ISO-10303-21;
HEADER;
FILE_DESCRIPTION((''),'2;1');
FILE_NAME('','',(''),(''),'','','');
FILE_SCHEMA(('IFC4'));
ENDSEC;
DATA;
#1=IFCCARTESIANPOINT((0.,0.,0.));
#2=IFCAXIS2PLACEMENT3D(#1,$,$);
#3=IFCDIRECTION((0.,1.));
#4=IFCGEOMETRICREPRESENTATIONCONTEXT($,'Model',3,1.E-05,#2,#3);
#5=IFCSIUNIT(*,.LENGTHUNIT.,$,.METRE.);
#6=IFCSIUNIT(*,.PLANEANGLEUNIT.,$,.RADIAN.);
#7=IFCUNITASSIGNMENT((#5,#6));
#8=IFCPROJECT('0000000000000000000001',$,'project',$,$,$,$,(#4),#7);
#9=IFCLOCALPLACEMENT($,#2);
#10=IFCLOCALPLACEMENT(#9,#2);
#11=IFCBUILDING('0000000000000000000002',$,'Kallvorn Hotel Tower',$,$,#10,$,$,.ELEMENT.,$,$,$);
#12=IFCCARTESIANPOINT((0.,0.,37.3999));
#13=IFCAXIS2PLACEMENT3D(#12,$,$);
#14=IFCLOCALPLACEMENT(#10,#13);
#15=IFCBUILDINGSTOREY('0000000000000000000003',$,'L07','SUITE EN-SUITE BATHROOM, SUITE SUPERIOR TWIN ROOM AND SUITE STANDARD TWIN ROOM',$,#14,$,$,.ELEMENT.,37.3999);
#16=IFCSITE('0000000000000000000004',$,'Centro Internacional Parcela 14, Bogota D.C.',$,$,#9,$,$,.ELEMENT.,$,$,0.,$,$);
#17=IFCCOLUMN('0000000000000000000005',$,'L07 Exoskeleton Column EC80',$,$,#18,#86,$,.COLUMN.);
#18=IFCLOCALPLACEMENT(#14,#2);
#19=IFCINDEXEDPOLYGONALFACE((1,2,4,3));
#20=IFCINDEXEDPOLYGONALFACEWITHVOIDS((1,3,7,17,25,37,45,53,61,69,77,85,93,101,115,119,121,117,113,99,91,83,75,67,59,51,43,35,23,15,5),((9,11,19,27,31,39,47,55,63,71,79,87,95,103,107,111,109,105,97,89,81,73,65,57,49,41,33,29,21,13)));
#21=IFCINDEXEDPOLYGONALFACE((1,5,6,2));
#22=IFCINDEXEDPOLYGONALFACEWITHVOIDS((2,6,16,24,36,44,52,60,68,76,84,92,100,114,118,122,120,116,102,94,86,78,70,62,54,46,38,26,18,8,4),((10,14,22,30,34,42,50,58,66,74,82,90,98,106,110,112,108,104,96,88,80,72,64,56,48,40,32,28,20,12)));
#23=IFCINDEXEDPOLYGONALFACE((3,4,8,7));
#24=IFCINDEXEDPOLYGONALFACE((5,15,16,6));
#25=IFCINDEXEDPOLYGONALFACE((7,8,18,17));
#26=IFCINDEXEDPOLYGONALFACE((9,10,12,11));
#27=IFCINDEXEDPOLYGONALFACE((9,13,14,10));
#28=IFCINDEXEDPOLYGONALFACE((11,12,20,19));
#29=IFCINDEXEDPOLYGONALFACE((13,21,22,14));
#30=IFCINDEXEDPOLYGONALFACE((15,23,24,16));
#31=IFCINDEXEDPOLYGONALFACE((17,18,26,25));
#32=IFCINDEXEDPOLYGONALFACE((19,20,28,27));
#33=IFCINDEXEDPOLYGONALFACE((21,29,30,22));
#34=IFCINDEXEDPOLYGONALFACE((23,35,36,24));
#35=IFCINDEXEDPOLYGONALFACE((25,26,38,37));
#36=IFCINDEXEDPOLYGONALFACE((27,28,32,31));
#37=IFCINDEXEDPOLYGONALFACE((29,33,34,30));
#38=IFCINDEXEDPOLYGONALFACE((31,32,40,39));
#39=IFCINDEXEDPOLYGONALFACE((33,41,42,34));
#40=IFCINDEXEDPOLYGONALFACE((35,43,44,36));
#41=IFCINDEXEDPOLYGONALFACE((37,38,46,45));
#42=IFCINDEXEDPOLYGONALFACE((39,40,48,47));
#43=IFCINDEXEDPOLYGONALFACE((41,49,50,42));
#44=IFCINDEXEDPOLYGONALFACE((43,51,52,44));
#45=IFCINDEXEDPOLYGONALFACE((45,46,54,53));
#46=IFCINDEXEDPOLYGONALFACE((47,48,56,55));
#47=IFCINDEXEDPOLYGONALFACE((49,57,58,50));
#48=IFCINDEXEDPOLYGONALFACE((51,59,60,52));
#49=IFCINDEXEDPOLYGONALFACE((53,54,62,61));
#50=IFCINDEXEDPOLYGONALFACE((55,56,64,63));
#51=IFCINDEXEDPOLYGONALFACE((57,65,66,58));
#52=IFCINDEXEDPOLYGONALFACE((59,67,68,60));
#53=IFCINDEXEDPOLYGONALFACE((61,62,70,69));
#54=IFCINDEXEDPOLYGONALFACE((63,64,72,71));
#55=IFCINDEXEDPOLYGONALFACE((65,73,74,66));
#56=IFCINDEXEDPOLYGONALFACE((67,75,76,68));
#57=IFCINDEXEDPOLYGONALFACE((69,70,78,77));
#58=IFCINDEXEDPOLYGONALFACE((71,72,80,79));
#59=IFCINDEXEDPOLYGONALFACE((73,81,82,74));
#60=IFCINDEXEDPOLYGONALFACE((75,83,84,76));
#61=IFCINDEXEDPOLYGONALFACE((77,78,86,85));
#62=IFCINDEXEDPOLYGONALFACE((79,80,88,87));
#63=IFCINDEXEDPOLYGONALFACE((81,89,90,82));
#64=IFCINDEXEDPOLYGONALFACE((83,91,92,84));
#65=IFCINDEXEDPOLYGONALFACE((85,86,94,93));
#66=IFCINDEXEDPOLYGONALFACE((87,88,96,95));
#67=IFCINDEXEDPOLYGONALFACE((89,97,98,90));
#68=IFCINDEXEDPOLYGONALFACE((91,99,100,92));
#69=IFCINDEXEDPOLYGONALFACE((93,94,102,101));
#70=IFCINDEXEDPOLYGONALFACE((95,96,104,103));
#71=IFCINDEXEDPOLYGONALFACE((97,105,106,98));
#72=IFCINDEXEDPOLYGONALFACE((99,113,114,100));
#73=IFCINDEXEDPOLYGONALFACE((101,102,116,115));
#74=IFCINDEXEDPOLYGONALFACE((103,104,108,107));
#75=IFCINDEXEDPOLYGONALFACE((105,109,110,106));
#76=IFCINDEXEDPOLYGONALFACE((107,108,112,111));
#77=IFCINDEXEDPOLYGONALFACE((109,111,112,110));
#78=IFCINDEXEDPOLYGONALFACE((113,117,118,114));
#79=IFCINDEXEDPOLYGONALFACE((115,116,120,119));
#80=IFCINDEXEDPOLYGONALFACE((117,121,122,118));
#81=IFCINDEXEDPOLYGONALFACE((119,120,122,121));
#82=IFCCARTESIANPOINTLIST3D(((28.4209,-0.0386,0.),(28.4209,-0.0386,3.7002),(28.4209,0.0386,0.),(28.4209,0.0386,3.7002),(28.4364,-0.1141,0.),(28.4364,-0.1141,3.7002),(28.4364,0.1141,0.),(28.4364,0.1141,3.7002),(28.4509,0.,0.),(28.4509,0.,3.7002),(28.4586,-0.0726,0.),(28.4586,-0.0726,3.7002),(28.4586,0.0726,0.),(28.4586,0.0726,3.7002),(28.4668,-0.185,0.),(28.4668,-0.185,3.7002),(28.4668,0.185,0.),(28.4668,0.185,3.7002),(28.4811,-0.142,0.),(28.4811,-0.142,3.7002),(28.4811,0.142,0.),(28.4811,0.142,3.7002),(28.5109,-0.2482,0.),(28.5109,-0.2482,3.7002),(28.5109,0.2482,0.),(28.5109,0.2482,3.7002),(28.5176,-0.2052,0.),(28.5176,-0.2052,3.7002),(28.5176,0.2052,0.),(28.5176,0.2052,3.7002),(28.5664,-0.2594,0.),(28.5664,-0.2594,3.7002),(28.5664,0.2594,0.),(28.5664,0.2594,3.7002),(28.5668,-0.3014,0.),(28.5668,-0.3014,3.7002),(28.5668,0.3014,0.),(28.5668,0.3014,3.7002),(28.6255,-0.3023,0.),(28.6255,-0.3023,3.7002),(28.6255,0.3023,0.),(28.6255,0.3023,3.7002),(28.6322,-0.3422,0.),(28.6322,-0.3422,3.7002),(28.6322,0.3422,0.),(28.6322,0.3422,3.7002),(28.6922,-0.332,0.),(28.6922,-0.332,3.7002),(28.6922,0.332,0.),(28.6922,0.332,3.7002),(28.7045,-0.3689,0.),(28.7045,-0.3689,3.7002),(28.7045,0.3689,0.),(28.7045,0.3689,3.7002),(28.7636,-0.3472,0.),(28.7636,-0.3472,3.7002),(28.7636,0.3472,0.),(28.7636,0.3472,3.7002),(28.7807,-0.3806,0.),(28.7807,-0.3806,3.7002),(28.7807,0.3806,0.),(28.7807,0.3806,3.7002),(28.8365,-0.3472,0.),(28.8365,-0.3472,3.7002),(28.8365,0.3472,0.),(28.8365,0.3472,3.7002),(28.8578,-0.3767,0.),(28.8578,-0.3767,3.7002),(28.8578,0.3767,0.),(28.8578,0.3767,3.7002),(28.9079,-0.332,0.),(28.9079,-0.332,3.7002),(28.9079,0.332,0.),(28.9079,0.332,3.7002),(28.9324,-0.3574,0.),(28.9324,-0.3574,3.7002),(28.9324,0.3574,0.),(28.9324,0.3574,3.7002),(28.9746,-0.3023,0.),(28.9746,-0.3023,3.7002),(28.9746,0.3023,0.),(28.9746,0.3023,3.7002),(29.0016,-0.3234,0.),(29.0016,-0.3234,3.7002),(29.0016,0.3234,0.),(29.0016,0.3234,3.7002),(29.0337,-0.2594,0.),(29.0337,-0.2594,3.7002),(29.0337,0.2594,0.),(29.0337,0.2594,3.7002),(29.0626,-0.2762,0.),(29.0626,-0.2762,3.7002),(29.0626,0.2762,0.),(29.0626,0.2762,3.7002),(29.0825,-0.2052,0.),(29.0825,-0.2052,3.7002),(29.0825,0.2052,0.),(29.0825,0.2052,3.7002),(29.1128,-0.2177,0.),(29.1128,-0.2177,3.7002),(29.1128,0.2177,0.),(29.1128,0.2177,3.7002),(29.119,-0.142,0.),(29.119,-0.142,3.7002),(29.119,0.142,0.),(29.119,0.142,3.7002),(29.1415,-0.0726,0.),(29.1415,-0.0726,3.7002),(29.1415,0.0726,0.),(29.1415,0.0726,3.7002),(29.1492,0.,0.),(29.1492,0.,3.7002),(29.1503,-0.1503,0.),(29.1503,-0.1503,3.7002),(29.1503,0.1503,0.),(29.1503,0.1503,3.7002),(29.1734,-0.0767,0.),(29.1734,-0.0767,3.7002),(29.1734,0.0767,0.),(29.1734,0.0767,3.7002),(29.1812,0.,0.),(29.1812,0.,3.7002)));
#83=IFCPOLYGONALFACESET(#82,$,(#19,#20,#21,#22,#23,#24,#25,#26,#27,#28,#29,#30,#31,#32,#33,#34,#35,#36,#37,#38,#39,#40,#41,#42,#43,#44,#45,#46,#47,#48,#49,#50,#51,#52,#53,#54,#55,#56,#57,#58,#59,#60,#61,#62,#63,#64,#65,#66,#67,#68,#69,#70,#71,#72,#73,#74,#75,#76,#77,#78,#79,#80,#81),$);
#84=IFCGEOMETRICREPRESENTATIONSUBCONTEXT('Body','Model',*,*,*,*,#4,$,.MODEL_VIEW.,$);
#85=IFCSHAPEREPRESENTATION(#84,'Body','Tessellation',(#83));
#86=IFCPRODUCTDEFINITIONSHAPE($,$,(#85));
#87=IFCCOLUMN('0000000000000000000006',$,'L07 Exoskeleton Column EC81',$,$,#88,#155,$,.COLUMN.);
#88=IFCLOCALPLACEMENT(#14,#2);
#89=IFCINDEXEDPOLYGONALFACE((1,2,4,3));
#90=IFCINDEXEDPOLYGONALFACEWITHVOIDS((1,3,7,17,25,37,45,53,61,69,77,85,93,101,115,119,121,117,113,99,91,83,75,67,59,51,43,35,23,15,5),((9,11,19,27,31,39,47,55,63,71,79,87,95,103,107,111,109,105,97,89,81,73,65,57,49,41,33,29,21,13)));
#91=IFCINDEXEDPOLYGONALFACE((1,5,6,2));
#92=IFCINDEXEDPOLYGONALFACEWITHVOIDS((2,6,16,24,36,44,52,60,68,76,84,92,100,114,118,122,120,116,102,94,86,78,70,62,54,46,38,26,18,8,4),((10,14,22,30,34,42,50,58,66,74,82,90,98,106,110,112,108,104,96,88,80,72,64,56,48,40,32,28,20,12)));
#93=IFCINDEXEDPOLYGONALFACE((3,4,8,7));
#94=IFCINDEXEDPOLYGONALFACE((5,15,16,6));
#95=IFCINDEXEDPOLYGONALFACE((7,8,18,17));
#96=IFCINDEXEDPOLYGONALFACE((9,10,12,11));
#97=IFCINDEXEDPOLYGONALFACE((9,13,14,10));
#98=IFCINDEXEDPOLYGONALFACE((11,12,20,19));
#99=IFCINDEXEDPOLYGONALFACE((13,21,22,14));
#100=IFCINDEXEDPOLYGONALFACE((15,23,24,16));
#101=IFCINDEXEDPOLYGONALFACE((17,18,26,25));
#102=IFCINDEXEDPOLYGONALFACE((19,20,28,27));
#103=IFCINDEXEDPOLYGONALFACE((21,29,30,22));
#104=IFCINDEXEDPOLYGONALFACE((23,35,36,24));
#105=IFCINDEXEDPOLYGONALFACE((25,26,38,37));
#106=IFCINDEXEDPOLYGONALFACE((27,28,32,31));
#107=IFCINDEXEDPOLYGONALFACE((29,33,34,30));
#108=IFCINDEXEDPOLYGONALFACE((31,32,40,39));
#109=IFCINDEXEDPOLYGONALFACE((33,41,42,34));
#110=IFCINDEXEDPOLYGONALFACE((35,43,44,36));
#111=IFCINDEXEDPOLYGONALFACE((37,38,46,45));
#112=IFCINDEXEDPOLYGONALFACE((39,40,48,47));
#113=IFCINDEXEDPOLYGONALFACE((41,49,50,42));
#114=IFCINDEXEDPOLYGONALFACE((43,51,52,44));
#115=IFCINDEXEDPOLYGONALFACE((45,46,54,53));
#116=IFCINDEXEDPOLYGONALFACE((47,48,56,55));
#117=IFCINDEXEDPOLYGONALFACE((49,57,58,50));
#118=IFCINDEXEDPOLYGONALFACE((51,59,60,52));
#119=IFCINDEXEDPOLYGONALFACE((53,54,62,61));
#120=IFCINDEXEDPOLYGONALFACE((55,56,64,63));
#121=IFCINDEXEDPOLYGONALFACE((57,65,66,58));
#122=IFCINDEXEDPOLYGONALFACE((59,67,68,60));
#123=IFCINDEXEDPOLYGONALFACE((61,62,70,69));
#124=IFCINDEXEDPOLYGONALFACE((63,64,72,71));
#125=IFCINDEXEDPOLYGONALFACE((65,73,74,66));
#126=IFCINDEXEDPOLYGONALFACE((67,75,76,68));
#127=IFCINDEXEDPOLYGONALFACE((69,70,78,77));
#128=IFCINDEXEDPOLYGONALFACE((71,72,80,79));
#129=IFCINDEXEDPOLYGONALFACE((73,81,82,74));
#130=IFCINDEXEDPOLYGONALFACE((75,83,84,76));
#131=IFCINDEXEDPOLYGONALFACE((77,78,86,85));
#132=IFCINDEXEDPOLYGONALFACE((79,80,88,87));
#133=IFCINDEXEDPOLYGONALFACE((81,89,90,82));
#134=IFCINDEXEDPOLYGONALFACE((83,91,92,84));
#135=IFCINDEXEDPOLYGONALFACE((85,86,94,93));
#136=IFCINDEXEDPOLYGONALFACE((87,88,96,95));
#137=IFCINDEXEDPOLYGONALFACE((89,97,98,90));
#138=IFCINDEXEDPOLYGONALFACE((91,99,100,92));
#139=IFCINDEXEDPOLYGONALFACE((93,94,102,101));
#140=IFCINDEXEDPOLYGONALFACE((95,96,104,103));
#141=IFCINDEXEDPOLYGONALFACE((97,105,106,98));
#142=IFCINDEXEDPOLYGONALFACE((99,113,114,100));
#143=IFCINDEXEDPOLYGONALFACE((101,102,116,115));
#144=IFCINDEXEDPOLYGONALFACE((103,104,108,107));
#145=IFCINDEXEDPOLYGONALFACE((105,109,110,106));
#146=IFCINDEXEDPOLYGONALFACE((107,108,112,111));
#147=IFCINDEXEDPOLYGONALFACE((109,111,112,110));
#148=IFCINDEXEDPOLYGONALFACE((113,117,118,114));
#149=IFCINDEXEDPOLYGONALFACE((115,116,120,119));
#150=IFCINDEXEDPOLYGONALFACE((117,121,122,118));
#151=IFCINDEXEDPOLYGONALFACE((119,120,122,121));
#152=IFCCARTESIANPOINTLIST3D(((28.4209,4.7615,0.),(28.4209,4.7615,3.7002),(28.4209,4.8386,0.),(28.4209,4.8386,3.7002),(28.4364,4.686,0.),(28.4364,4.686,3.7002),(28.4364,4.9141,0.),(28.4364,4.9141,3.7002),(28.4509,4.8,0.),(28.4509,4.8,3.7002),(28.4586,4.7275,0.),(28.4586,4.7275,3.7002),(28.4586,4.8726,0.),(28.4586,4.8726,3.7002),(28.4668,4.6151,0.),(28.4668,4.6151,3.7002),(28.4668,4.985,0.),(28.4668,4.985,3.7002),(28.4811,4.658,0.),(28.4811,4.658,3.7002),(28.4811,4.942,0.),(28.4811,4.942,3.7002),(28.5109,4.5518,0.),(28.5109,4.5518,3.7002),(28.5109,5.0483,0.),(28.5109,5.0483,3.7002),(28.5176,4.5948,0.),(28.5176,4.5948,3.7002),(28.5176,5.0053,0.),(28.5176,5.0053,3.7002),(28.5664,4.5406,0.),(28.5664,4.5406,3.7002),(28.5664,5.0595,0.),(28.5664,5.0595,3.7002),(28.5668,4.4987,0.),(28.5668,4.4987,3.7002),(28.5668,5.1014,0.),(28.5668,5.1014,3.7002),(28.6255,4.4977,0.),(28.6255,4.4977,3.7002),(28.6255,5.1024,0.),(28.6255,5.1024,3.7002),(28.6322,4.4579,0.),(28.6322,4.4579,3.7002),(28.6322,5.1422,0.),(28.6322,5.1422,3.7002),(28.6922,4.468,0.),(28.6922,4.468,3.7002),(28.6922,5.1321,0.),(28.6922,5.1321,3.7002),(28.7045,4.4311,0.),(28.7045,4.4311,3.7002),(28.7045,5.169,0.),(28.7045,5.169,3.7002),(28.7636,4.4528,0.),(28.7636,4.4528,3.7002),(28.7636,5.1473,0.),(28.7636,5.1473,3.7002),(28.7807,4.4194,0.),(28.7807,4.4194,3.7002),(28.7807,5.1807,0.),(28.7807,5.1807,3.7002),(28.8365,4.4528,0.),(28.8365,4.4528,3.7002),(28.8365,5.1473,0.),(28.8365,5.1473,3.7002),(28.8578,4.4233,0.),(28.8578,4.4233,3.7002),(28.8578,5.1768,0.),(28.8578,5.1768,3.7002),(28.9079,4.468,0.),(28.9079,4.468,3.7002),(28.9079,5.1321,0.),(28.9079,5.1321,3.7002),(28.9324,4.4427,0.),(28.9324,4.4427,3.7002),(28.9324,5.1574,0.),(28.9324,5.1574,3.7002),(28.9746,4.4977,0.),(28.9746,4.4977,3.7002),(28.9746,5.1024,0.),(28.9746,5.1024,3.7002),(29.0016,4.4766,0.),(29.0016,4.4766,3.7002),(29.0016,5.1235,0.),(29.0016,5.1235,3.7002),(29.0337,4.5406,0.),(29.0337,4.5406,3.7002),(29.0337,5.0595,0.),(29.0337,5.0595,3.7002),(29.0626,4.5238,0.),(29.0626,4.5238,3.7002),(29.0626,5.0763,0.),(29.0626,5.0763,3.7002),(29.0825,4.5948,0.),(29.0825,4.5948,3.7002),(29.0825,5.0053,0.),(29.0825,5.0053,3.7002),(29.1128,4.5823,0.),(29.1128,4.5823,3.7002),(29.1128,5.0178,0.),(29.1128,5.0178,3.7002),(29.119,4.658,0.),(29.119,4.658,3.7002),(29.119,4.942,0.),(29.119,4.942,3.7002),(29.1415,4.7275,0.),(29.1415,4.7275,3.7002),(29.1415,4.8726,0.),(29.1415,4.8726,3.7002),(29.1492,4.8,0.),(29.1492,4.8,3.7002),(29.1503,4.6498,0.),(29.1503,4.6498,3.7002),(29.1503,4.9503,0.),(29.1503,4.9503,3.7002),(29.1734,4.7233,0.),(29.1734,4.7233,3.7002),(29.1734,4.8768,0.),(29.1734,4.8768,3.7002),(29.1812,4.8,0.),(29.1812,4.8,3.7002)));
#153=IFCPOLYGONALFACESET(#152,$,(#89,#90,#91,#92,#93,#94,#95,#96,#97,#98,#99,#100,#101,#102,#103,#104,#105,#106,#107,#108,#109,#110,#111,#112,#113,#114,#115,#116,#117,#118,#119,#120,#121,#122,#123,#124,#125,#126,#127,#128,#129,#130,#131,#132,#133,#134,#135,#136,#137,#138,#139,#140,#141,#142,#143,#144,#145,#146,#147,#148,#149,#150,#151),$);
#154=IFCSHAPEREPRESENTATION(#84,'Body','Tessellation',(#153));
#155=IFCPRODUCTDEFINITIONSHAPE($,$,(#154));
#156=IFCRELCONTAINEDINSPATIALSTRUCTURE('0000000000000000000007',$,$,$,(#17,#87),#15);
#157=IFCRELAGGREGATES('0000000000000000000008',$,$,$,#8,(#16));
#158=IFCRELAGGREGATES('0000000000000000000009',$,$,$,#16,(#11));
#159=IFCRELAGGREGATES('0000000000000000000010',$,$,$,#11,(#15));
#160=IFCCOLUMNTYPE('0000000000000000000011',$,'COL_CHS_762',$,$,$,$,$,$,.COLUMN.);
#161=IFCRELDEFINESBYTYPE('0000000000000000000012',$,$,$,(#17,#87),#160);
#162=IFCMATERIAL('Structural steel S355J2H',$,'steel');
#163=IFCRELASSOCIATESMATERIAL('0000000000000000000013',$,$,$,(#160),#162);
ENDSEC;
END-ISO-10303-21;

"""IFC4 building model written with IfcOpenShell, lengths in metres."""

from ifc_helpers import new_model, si_unit, direction, frame, origin, origin_2d, place, context, subcontext, project, spatial, hollow_circle, extrude, material, material_profile, profile_set, type_object, element, save


model = new_model("IFC4")

# Units and contexts
model_context = context("Model", 3, precision=1e-05, world=origin(), true_north=direction((0.0, 1.0)))
body_context = subcontext(model_context, "Body", "Model", "MODEL_VIEW")
ifc_project = project(units=[si_unit("LENGTHUNIT", "METRE"), si_unit("PLANEANGLEUNIT", "RADIAN")], contexts=[model_context])

# Site, building, storey
site_placement = place(None, origin())
site = spatial("IfcSite", under=ifc_project, at=site_placement, Name="Centro Internacional Parcela 14, Bogota D.C.", CompositionType="ELEMENT", RefElevation=0.0)
building_placement = place(site_placement, origin())
building = spatial("IfcBuilding", under=site, at=building_placement, Name="Kallvorn Hotel Tower", CompositionType="ELEMENT")
storey_placement = place(building_placement, frame((0.0, 0.0, 37.3999)))
storey = spatial("IfcBuildingStorey", under=building, at=storey_placement, Name="L07", Description="SUITE EN-SUITE BATHROOM, SUITE SUPERIOR TWIN ROOM AND SUITE STANDARD TWIN ROOM", CompositionType="ELEMENT", Elevation=37.3999)

# Columns
ifc_material_1 = material(Name="Structural steel S355J2H", Category="steel")
ifc_material_profile_1 = material_profile(ifc_material_1, hollow_circle(Radius=0.3811, WallThickness=0.032, at=origin_2d()), Name="CHS 762x32")
ifc_profile_set_1 = profile_set([ifc_material_profile_1], Name="Structural steel S355J2H")
column_type_1 = type_object("IfcColumnType", Name="COL_CHS_762", PredefinedType="COLUMN", material=ifc_profile_set_1)
for number, where, z_axis, x_axis, name in (
    (1, (28.8, 0.0, 0.0), (0.0, 0.0, 1.0), (1.0, 0.0, 0.0), "L07 Exoskeleton Column EC80"),
    (2, (28.8, 4.8, 0.0), (0.0, 0.0, 1.0), (1.0, 0.0, 0.0), "L07 Exoskeleton Column EC81"),
):
    element("IfcColumn", number, at=place(storey_placement, frame(where, z_axis=z_axis, x_axis=x_axis)), inside=storey, type_object=column_type_1, Name=name, PredefinedType="COLUMN", context=body_context, shape_type="SweptSolid", body=[
        extrude(hollow_circle(Radius=0.3811, WallThickness=0.032, at=origin_2d()), origin(), (0.0, 0.0, 1.0), 3.7002),
    ])

save(model, "model.ifc")
